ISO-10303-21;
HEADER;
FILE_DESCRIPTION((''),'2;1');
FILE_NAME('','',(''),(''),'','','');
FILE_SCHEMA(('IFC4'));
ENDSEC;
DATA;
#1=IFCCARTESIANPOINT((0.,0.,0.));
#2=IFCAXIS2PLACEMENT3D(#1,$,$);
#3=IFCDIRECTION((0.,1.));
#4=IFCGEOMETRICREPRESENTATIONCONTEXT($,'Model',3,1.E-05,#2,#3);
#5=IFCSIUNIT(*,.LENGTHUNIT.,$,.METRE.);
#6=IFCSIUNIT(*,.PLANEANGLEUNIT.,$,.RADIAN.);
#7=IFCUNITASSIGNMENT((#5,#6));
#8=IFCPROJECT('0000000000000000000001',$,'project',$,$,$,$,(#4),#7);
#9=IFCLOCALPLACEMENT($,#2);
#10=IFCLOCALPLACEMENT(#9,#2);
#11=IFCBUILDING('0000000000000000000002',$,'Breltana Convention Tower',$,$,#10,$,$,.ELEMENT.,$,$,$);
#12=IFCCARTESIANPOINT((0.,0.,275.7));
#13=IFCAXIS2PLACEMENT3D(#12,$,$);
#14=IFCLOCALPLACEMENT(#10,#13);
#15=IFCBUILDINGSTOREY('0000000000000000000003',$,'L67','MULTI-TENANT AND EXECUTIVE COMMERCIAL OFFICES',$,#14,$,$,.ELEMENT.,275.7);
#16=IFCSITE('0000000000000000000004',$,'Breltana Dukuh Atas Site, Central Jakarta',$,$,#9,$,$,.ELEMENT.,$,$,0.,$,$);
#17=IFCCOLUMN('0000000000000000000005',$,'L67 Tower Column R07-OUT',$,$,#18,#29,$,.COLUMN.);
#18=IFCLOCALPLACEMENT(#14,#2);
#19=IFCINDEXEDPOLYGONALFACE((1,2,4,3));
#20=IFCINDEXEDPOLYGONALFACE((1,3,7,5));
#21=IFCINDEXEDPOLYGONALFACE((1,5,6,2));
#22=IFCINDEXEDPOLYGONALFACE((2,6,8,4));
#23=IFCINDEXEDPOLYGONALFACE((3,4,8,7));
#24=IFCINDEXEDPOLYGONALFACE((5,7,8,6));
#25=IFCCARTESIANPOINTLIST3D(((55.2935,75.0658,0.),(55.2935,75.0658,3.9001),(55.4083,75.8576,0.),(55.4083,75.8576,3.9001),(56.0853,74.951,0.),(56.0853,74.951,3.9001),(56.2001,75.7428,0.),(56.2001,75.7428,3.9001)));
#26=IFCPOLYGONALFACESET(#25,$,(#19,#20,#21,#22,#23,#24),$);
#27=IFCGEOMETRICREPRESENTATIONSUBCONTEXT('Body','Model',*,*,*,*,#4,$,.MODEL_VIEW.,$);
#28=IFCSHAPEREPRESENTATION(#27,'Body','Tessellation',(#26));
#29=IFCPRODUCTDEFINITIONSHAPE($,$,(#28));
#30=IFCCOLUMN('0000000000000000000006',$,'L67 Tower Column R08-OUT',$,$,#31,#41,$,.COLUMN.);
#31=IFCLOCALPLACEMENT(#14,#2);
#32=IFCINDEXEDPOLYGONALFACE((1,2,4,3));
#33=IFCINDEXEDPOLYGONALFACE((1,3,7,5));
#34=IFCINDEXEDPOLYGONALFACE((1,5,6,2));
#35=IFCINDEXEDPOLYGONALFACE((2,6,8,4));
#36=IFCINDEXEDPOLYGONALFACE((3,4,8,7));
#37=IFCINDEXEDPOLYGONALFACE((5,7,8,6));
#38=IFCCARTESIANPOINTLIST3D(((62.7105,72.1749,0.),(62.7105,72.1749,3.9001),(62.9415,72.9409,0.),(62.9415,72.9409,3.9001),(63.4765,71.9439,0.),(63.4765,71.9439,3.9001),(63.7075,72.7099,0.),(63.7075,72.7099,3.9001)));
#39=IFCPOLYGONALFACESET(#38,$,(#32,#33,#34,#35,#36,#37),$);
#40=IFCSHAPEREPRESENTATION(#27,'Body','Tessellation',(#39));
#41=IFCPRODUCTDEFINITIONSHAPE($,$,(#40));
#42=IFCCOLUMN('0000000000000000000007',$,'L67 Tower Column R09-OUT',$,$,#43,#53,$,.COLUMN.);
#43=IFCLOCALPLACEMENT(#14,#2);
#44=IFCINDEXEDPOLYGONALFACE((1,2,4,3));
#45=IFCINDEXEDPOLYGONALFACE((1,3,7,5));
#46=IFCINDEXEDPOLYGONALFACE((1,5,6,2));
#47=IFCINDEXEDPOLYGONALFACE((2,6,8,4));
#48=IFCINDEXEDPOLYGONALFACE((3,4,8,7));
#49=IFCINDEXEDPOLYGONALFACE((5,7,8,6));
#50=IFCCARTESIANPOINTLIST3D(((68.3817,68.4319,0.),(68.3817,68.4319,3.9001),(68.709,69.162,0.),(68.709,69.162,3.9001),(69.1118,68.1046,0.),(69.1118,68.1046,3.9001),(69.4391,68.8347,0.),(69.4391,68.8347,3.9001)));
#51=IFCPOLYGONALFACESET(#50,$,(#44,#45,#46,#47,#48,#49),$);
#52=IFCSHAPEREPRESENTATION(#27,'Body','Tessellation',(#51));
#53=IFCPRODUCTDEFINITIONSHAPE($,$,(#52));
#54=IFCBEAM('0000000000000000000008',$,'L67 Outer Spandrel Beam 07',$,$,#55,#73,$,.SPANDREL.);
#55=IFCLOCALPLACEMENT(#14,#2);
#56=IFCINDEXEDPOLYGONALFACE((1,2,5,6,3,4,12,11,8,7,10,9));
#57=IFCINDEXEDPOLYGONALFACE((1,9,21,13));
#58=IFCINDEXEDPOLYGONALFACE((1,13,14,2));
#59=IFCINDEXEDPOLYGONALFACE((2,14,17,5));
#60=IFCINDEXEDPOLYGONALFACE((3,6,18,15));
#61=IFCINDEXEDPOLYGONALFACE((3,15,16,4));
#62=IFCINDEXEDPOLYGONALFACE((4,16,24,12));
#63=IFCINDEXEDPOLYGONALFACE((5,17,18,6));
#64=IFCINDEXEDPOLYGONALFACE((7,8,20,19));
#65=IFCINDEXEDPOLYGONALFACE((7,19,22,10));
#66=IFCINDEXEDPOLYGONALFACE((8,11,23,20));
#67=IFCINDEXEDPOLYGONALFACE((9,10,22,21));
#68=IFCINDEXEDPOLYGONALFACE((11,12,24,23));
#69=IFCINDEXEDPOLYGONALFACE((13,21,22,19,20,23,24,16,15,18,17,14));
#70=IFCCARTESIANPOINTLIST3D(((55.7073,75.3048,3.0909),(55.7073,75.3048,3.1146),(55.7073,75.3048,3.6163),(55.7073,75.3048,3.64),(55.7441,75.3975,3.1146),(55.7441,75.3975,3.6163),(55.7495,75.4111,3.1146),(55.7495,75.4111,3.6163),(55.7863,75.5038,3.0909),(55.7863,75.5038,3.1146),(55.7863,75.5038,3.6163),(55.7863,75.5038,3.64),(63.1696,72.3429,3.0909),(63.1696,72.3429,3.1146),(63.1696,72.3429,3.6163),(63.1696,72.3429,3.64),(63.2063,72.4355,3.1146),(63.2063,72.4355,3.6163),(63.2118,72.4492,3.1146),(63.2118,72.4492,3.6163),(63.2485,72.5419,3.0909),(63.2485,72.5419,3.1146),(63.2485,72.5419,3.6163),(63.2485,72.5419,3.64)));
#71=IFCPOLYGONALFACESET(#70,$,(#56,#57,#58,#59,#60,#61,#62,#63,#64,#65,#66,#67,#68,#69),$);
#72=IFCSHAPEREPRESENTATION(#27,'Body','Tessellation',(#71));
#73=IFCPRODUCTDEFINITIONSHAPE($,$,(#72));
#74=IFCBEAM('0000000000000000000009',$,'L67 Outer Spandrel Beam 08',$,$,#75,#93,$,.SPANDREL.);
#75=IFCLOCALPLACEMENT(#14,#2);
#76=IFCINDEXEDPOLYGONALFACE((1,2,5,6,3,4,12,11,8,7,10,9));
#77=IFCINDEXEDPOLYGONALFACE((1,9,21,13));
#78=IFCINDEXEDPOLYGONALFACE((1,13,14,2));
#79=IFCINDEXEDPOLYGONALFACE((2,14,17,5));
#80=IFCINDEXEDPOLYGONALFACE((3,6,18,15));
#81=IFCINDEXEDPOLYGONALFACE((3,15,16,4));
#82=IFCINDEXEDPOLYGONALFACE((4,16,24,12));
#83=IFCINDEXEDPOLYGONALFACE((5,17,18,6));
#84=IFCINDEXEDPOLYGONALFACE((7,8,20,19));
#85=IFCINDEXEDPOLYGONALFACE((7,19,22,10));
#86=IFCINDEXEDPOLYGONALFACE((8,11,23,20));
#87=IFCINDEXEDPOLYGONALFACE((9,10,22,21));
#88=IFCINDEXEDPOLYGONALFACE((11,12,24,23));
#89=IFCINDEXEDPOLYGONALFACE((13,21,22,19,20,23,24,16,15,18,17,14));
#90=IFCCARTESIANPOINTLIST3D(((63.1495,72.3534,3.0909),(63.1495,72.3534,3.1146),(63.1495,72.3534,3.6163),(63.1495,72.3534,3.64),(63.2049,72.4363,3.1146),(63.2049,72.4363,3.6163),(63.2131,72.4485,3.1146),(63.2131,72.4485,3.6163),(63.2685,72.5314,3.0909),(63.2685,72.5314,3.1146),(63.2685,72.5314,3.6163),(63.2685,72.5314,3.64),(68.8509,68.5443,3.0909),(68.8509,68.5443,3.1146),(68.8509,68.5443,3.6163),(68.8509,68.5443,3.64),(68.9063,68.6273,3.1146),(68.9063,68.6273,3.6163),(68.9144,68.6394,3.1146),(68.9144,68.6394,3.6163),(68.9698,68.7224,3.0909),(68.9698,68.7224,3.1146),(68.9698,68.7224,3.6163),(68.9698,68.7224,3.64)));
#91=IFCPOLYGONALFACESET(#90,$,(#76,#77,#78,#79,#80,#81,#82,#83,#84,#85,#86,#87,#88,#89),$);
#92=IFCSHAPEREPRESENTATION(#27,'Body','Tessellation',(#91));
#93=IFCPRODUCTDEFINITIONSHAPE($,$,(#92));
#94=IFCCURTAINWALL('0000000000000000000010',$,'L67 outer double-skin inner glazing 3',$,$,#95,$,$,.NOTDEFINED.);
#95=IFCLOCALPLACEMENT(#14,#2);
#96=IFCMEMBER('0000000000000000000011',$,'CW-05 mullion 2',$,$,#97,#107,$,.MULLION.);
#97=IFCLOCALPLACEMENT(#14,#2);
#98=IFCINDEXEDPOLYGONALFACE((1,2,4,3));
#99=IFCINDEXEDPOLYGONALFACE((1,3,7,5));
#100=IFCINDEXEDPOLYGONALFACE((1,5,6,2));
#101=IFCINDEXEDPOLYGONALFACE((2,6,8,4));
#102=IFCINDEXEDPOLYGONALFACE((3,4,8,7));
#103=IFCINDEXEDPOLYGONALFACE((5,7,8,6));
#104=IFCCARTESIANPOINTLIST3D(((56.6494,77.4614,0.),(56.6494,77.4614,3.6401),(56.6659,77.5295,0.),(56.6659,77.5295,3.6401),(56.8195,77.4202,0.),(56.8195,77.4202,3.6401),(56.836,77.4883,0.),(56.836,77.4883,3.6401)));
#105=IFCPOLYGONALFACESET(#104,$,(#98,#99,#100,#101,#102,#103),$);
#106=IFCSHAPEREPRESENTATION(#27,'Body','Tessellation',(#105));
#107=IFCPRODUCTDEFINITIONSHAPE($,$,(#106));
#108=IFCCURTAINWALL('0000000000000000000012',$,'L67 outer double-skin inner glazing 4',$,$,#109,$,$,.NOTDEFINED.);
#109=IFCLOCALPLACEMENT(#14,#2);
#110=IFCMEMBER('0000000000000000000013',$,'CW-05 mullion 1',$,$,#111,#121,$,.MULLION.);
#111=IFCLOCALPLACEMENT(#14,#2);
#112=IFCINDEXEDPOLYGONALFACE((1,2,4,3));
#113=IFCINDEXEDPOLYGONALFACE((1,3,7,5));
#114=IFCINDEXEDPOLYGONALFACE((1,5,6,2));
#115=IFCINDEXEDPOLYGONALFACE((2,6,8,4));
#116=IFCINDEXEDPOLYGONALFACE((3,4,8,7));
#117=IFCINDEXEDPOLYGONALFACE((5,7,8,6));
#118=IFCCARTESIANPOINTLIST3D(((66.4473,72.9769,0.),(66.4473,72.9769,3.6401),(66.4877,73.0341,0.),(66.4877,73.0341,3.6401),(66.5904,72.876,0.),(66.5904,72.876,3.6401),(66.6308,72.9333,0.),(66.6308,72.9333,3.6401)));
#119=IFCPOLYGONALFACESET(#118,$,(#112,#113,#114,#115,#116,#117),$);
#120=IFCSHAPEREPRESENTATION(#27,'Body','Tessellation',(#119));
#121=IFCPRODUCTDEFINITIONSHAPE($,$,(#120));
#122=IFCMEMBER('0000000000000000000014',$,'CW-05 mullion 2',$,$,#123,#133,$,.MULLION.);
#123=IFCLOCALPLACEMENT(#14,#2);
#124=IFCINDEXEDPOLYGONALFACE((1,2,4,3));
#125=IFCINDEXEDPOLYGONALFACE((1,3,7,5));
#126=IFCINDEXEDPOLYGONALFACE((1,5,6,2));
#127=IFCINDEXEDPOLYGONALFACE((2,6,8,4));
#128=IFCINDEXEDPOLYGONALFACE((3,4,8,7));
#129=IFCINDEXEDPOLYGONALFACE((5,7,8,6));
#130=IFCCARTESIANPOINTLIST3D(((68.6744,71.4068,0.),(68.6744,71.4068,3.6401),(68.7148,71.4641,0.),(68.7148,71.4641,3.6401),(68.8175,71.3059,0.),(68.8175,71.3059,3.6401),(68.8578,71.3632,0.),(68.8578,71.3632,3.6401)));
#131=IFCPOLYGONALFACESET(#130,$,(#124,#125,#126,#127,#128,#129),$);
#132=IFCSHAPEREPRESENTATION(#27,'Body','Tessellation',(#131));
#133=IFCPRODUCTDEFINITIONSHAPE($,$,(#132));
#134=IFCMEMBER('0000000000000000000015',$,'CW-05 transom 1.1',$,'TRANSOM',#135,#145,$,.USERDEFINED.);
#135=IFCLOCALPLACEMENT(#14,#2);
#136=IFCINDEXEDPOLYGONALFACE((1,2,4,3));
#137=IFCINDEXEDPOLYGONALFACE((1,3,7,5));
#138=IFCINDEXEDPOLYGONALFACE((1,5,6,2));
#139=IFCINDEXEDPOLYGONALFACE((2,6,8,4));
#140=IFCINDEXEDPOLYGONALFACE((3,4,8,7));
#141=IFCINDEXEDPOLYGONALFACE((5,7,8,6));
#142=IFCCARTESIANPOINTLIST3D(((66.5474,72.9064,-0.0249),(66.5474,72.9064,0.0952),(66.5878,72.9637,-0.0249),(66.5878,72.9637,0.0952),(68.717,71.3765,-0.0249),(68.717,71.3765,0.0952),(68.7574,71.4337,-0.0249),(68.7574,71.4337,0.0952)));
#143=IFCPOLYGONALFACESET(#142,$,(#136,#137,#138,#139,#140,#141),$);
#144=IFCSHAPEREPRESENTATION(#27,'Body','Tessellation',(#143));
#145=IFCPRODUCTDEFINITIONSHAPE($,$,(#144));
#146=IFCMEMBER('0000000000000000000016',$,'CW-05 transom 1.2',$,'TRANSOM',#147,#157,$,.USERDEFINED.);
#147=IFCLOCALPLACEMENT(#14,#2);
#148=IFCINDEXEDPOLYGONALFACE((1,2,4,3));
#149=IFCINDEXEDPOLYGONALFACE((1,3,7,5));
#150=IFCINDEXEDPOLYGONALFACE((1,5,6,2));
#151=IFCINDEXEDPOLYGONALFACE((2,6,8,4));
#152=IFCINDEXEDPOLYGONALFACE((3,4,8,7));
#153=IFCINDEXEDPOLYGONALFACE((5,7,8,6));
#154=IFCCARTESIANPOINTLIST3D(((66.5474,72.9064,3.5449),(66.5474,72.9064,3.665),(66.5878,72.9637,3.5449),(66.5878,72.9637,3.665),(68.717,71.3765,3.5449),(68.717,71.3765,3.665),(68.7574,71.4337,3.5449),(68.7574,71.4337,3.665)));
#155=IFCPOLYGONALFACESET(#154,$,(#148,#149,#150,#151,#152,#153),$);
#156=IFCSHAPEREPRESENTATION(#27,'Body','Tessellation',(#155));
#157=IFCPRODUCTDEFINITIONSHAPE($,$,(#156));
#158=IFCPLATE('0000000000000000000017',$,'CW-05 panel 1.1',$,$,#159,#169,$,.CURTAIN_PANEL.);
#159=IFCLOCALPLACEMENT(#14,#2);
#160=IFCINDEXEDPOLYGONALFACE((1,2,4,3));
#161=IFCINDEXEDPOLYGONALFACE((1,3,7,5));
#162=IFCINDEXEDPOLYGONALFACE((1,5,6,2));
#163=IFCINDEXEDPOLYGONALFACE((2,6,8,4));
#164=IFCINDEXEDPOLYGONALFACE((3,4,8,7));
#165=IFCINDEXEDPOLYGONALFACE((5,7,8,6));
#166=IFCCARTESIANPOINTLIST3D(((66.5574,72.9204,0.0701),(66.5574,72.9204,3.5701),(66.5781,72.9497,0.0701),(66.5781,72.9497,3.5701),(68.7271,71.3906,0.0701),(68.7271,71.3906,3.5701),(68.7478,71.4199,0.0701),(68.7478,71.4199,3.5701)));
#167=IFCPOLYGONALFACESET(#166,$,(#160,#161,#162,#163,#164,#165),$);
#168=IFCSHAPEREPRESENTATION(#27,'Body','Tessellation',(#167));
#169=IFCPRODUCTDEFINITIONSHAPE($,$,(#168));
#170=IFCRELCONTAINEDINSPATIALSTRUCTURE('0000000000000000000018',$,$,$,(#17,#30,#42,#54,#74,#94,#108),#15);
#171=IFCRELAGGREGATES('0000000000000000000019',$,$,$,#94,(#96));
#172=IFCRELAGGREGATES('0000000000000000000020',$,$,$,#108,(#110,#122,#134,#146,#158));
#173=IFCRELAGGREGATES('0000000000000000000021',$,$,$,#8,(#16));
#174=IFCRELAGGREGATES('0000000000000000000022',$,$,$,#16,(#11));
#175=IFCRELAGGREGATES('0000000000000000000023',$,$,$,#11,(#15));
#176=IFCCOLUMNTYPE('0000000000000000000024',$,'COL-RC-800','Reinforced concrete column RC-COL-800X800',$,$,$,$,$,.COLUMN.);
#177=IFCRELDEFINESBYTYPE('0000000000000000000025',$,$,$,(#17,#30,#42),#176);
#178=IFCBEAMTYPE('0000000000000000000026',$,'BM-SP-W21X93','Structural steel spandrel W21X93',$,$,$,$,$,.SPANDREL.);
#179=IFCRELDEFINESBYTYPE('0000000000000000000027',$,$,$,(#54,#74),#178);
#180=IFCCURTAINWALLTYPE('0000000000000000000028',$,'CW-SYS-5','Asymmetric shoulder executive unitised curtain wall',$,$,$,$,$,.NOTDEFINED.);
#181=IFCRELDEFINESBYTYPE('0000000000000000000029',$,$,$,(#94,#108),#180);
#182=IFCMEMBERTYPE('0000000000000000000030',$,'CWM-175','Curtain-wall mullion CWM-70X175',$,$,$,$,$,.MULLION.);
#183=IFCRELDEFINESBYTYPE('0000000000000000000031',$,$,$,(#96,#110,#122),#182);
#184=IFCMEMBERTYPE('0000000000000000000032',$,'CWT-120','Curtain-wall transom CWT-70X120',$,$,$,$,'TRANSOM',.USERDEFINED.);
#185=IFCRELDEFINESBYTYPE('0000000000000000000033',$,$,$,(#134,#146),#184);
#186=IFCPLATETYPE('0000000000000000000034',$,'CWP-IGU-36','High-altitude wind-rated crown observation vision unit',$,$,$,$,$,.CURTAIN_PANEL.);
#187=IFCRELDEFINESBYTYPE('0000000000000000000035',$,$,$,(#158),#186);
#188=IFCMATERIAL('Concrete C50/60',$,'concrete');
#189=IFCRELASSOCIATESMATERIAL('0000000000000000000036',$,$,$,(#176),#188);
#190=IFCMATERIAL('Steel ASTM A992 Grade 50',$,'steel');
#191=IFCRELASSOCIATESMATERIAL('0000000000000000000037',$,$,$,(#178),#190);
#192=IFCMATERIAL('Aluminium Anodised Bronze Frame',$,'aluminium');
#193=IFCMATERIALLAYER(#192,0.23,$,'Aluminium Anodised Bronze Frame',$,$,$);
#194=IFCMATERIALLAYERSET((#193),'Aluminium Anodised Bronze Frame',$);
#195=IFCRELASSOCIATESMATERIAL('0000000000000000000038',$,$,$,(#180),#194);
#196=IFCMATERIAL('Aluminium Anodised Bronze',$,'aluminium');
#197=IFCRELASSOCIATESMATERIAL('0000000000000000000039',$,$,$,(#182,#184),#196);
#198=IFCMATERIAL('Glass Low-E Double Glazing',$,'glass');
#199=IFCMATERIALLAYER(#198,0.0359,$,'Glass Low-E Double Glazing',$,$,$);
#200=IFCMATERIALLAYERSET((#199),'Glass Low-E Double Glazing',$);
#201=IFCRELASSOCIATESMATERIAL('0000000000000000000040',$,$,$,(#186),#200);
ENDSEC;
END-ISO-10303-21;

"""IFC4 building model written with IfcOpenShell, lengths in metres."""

from ifc_helpers import new_model, si_unit, direction, frame, origin, origin_2d, place, context, subcontext, project, spatial, rectangle, i_section, extrude, source, transform, mapped, material, layer, layer_set, material_profile, profile_set, type_object, element, aggregate, save


model = new_model("IFC4")

# Units and contexts
model_context = context("Model", 3, precision=1e-05, world=origin(), true_north=direction((0.0, 1.0)))
body_context = subcontext(model_context, "Body", "Model", "MODEL_VIEW")
ifc_project = project(units=[si_unit("LENGTHUNIT", "METRE"), si_unit("PLANEANGLEUNIT", "RADIAN")], contexts=[model_context])

# Site, building, storey
site_placement = place(None, origin())
site = spatial("IfcSite", under=ifc_project, at=site_placement, Name="Breltana Dukuh Atas Site, Central Jakarta", CompositionType="ELEMENT", RefElevation=0.0)
building_placement = place(site_placement, origin())
building = spatial("IfcBuilding", under=site, at=building_placement, Name="Breltana Convention Tower", CompositionType="ELEMENT")
storey_placement = place(building_placement, frame((0.0, 0.0, 275.7)))
storey = spatial("IfcBuildingStorey", under=building, at=storey_placement, Name="L67", Description="MULTI-TENANT AND EXECUTIVE COMMERCIAL OFFICES", CompositionType="ELEMENT", Elevation=275.7)

# Columns
ifc_material_1 = material(Name="Concrete C50/60", Category="concrete")
ifc_material_profile_1 = material_profile(ifc_material_1, rectangle(XDim=0.8, YDim=0.8, at=origin_2d()), Name="RC-COL-800X800")
ifc_profile_set_1 = profile_set([ifc_material_profile_1], Name="Concrete C50/60")
column_type = type_object("IfcColumnType", Name="COL-RC-800", Description="Reinforced concrete column RC-COL-800X800", PredefinedType="COLUMN", material=ifc_profile_set_1)
shared_shape_1 = source(origin(), body_context, "Body", "SweptSolid", [
    extrude(rectangle(XDim=0.8, YDim=0.8, at=origin_2d()), origin(), (0.0, 0.0, 1.0), 3.9001),
])
for number, where, z_axis, x_axis, name in (
    (1, (55.7468, 75.4043, 0.0), (0.0, 0.0, 1.0), (0.143493, 0.989651, 0.0), "L67 Tower Column R07-OUT"),
    (2, (63.209, 72.4424, 0.0), (0.0, 0.0, 1.0), (0.288698, 0.95742, 0.0), "L67 Tower Column R08-OUT"),
    (3, (68.9104, 68.6333, 0.0), (0.0, 0.0, 1.0), (0.409127, 0.912477, 0.0), "L67 Tower Column R09-OUT"),
):
    element("IfcColumn", number, at=place(storey_placement, frame(where, z_axis=z_axis, x_axis=x_axis)), inside=storey, type_object=column_type, Name=name, PredefinedType="COLUMN", context=body_context, shape_type="MappedRepresentation", body=[
        mapped(shared_shape_1, transform((0.0, 0.0, 0.0), scale=1.0)),
    ])

# Beams
ifc_material_2 = material(Name="Steel ASTM A992 Grade 50", Category="steel")
ifc_material_profile_2 = material_profile(ifc_material_2, i_section(OverallWidth=0.2141, OverallDepth=0.5491, WebThickness=0.0146, FlangeThickness=0.0237, at=origin_2d()), Name="W21X93")
ifc_profile_set_2 = profile_set([ifc_material_profile_2], Name="Steel ASTM A992 Grade 50")
beam_type = type_object("IfcBeamType", Name="BM-SP-W21X93", Description="Structural steel spandrel W21X93", PredefinedType="SPANDREL", material=ifc_profile_set_2)
shared_shape_2 = source(origin(), body_context, "Body", "SweptSolid", [
    extrude(i_section(OverallWidth=0.2141, OverallDepth=0.5491, WebThickness=0.0146, FlangeThickness=0.0237, at=origin_2d()), origin(), (0.0, 0.0, 1.0), 8.0286),
])
beam_1_placement = place(storey_placement, frame((55.7468, 75.4043, 3.3655), z_axis=(0.929459, -0.368925, 0.0), x_axis=(0.368925, 0.929459, 0.0)))
element("IfcBeam", 4, at=beam_1_placement, inside=storey, type_object=beam_type, Name="L67 Outer Spandrel Beam 07", PredefinedType="SPANDREL", context=body_context, shape_type="MappedRepresentation", body=[
    mapped(shared_shape_2, transform((0.0, 0.0, 0.0), scale=1.0)),
])
shared_shape_3 = source(origin(), body_context, "Body", "SweptSolid", [
    extrude(i_section(OverallWidth=0.2141, OverallDepth=0.5491, WebThickness=0.0146, FlangeThickness=0.0237, at=origin_2d()), origin(), (0.0, 0.0, 1.0), 6.8567),
])
beam_2_placement = place(storey_placement, frame((63.209, 72.4424, 3.3655), z_axis=(0.831502, -0.555522, 0.0), x_axis=(0.555522, 0.831502, 0.0)))
element("IfcBeam", 5, at=beam_2_placement, inside=storey, type_object=beam_type, Name="L67 Outer Spandrel Beam 08", PredefinedType="SPANDREL", context=body_context, shape_type="MappedRepresentation", body=[
    mapped(shared_shape_3, transform((0.0, 0.0, 0.0), scale=1.0)),
])

# Curtain wall, member
ifc_material_3 = material(Name="Aluminium Anodised Bronze Frame", Category="aluminium")
ifc_layer_1 = layer(ifc_material_3, 0.23, Name="Aluminium Anodised Bronze Frame")
ifc_layer_set_1 = layer_set([ifc_layer_1], Name="Aluminium Anodised Bronze Frame")
curtain_wall_type = type_object("IfcCurtainWallType", Name="CW-SYS-5", Description="Asymmetric shoulder executive unitised curtain wall", PredefinedType="NOTDEFINED", material=ifc_layer_set_1)
curtain_wall_1_placement = place(storey_placement, origin())
curtain_wall_1 = element("IfcCurtainWall", 6, at=curtain_wall_1_placement, inside=storey, type_object=curtain_wall_type, Name="L67 outer double-skin inner glazing 3", PredefinedType="NOTDEFINED")
ifc_material_4 = material(Name="Aluminium Anodised Bronze", Category="aluminium")
ifc_material_profile_3 = material_profile(ifc_material_4, rectangle(XDim=0.0701, YDim=0.175, at=origin_2d()), Name="CWM-70X175")
ifc_profile_set_3 = profile_set([ifc_material_profile_3], Name="Aluminium Anodised Bronze")
member_type_1 = type_object("IfcMemberType", Name="CWM-175", Description="Curtain-wall mullion CWM-70X175", PredefinedType="MULLION", material=ifc_profile_set_3)
shared_shape_4 = source(origin(), body_context, "Body", "SweptSolid", [
    extrude(rectangle(XDim=0.0701, YDim=0.175, at=origin_2d()), origin(), (0.0, 0.0, 1.0), 3.6401),
])
member_1_placement = place(storey_placement, frame((56.7427, 77.4749, 0.0), z_axis=(0.0, 0.0, 1.0), x_axis=(0.235518, 0.97187, 0.0)))
member_1 = element("IfcMember", 7, at=member_1_placement, type_object=member_type_1, Name="CW-05 mullion 2", PredefinedType="MULLION", context=body_context, shape_type="MappedRepresentation", body=[
    mapped(shared_shape_4, transform((0.0, 0.0, 0.0), scale=1.0)),
])
aggregate(curtain_wall_1, [member_1])

# Curtain wall, members, plate
curtain_wall_2_placement = place(storey_placement, origin())
curtain_wall_2 = element("IfcCurtainWall", 8, at=curtain_wall_2_placement, inside=storey, type_object=curtain_wall_type, Name="L67 outer double-skin inner glazing 4", PredefinedType="NOTDEFINED")
member_2_placement = place(storey_placement, frame((66.5391, 72.9551, 0.0), z_axis=(0.0, 0.0, 1.0), x_axis=(0.576235, 0.817284, 0.0)))
member_2 = element("IfcMember", 9, at=member_2_placement, type_object=member_type_1, Name="CW-05 mullion 1", PredefinedType="MULLION", context=body_context, shape_type="MappedRepresentation", body=[
    mapped(shared_shape_4, transform((0.0, 0.0, 0.0), scale=1.0)),
])
member_3_placement = place(storey_placement, frame((68.7661, 71.385, 0.0), z_axis=(0.0, 0.0, 1.0), x_axis=(0.576235, 0.817284, 0.0)))
member_3 = element("IfcMember", 10, at=member_3_placement, type_object=member_type_1, Name="CW-05 mullion 2", PredefinedType="MULLION", context=body_context, shape_type="MappedRepresentation", body=[
    mapped(shared_shape_4, transform((0.0, 0.0, 0.0), scale=1.0)),
])
ifc_material_profile_4 = material_profile(ifc_material_4, rectangle(XDim=0.0701, YDim=0.1201, at=origin_2d()), Name="CWT-70X120")
ifc_profile_set_4 = profile_set([ifc_material_profile_4], Name="Aluminium Anodised Bronze")
member_type_2 = type_object("IfcMemberType", Name="CWT-120", Description="Curtain-wall transom CWT-70X120", ElementType="TRANSOM", PredefinedType="USERDEFINED", material=ifc_profile_set_4)
shared_shape_5 = source(origin(), body_context, "Body", "SweptSolid", [
    extrude(rectangle(XDim=0.0701, YDim=0.1201, at=origin_2d()), origin(), (0.0, 0.0, 1.0), 2.6548),
])
member_4_placement = place(storey_placement, frame((66.5676, 72.9351, 0.0352), z_axis=(0.817235, -0.576304, 0.0), x_axis=(0.576304, 0.817235, 0.0)))
member_4 = element("IfcMember", 11, at=member_4_placement, type_object=member_type_2, Name="CW-05 transom 1.1", ObjectType="TRANSOM", PredefinedType="USERDEFINED", context=body_context, shape_type="MappedRepresentation", body=[
    mapped(shared_shape_5, transform((0.0, 0.0, 0.0), scale=1.0)),
])
member_5_placement = place(storey_placement, frame((66.5676, 72.9351, 3.605), z_axis=(0.817235, -0.576304, 0.0), x_axis=(0.576304, 0.817235, 0.0)))
member_5 = element("IfcMember", 12, at=member_5_placement, type_object=member_type_2, Name="CW-05 transom 1.2", ObjectType="TRANSOM", PredefinedType="USERDEFINED", context=body_context, shape_type="MappedRepresentation", body=[
    mapped(shared_shape_5, transform((0.0, 0.0, 0.0), scale=1.0)),
])
ifc_material_5 = material(Name="Glass Low-E Double Glazing", Category="glass")
ifc_layer_2 = layer(ifc_material_5, 0.0359, Name="Glass Low-E Double Glazing")
ifc_layer_set_2 = layer_set([ifc_layer_2], Name="Glass Low-E Double Glazing")
plate_type = type_object("IfcPlateType", Name="CWP-IGU-36", Description="High-altitude wind-rated crown observation vision unit", PredefinedType="CURTAIN_PANEL", material=ifc_layer_set_2)
shared_shape_6 = source(origin(), body_context, "Body", "SweptSolid", [
    extrude(rectangle(XDim=2.6548, YDim=0.0359, at=origin_2d()), origin(), (0.0, 0.0, 1.0), 3.5),
])
plate_placement = place(storey_placement, frame((67.6526, 72.1702, 0.0701), z_axis=(0.0, 0.0, 1.0), x_axis=(0.817284, -0.576235, 0.0)))
plate = element("IfcPlate", 13, at=plate_placement, type_object=plate_type, Name="CW-05 panel 1.1", PredefinedType="CURTAIN_PANEL", context=body_context, shape_type="MappedRepresentation", body=[
    mapped(shared_shape_6, transform((0.0, 0.0, 0.0), scale=1.0)),
])
aggregate(curtain_wall_2, [member_2, member_3, member_4, member_5, plate])

save(model, "model.ifc")
